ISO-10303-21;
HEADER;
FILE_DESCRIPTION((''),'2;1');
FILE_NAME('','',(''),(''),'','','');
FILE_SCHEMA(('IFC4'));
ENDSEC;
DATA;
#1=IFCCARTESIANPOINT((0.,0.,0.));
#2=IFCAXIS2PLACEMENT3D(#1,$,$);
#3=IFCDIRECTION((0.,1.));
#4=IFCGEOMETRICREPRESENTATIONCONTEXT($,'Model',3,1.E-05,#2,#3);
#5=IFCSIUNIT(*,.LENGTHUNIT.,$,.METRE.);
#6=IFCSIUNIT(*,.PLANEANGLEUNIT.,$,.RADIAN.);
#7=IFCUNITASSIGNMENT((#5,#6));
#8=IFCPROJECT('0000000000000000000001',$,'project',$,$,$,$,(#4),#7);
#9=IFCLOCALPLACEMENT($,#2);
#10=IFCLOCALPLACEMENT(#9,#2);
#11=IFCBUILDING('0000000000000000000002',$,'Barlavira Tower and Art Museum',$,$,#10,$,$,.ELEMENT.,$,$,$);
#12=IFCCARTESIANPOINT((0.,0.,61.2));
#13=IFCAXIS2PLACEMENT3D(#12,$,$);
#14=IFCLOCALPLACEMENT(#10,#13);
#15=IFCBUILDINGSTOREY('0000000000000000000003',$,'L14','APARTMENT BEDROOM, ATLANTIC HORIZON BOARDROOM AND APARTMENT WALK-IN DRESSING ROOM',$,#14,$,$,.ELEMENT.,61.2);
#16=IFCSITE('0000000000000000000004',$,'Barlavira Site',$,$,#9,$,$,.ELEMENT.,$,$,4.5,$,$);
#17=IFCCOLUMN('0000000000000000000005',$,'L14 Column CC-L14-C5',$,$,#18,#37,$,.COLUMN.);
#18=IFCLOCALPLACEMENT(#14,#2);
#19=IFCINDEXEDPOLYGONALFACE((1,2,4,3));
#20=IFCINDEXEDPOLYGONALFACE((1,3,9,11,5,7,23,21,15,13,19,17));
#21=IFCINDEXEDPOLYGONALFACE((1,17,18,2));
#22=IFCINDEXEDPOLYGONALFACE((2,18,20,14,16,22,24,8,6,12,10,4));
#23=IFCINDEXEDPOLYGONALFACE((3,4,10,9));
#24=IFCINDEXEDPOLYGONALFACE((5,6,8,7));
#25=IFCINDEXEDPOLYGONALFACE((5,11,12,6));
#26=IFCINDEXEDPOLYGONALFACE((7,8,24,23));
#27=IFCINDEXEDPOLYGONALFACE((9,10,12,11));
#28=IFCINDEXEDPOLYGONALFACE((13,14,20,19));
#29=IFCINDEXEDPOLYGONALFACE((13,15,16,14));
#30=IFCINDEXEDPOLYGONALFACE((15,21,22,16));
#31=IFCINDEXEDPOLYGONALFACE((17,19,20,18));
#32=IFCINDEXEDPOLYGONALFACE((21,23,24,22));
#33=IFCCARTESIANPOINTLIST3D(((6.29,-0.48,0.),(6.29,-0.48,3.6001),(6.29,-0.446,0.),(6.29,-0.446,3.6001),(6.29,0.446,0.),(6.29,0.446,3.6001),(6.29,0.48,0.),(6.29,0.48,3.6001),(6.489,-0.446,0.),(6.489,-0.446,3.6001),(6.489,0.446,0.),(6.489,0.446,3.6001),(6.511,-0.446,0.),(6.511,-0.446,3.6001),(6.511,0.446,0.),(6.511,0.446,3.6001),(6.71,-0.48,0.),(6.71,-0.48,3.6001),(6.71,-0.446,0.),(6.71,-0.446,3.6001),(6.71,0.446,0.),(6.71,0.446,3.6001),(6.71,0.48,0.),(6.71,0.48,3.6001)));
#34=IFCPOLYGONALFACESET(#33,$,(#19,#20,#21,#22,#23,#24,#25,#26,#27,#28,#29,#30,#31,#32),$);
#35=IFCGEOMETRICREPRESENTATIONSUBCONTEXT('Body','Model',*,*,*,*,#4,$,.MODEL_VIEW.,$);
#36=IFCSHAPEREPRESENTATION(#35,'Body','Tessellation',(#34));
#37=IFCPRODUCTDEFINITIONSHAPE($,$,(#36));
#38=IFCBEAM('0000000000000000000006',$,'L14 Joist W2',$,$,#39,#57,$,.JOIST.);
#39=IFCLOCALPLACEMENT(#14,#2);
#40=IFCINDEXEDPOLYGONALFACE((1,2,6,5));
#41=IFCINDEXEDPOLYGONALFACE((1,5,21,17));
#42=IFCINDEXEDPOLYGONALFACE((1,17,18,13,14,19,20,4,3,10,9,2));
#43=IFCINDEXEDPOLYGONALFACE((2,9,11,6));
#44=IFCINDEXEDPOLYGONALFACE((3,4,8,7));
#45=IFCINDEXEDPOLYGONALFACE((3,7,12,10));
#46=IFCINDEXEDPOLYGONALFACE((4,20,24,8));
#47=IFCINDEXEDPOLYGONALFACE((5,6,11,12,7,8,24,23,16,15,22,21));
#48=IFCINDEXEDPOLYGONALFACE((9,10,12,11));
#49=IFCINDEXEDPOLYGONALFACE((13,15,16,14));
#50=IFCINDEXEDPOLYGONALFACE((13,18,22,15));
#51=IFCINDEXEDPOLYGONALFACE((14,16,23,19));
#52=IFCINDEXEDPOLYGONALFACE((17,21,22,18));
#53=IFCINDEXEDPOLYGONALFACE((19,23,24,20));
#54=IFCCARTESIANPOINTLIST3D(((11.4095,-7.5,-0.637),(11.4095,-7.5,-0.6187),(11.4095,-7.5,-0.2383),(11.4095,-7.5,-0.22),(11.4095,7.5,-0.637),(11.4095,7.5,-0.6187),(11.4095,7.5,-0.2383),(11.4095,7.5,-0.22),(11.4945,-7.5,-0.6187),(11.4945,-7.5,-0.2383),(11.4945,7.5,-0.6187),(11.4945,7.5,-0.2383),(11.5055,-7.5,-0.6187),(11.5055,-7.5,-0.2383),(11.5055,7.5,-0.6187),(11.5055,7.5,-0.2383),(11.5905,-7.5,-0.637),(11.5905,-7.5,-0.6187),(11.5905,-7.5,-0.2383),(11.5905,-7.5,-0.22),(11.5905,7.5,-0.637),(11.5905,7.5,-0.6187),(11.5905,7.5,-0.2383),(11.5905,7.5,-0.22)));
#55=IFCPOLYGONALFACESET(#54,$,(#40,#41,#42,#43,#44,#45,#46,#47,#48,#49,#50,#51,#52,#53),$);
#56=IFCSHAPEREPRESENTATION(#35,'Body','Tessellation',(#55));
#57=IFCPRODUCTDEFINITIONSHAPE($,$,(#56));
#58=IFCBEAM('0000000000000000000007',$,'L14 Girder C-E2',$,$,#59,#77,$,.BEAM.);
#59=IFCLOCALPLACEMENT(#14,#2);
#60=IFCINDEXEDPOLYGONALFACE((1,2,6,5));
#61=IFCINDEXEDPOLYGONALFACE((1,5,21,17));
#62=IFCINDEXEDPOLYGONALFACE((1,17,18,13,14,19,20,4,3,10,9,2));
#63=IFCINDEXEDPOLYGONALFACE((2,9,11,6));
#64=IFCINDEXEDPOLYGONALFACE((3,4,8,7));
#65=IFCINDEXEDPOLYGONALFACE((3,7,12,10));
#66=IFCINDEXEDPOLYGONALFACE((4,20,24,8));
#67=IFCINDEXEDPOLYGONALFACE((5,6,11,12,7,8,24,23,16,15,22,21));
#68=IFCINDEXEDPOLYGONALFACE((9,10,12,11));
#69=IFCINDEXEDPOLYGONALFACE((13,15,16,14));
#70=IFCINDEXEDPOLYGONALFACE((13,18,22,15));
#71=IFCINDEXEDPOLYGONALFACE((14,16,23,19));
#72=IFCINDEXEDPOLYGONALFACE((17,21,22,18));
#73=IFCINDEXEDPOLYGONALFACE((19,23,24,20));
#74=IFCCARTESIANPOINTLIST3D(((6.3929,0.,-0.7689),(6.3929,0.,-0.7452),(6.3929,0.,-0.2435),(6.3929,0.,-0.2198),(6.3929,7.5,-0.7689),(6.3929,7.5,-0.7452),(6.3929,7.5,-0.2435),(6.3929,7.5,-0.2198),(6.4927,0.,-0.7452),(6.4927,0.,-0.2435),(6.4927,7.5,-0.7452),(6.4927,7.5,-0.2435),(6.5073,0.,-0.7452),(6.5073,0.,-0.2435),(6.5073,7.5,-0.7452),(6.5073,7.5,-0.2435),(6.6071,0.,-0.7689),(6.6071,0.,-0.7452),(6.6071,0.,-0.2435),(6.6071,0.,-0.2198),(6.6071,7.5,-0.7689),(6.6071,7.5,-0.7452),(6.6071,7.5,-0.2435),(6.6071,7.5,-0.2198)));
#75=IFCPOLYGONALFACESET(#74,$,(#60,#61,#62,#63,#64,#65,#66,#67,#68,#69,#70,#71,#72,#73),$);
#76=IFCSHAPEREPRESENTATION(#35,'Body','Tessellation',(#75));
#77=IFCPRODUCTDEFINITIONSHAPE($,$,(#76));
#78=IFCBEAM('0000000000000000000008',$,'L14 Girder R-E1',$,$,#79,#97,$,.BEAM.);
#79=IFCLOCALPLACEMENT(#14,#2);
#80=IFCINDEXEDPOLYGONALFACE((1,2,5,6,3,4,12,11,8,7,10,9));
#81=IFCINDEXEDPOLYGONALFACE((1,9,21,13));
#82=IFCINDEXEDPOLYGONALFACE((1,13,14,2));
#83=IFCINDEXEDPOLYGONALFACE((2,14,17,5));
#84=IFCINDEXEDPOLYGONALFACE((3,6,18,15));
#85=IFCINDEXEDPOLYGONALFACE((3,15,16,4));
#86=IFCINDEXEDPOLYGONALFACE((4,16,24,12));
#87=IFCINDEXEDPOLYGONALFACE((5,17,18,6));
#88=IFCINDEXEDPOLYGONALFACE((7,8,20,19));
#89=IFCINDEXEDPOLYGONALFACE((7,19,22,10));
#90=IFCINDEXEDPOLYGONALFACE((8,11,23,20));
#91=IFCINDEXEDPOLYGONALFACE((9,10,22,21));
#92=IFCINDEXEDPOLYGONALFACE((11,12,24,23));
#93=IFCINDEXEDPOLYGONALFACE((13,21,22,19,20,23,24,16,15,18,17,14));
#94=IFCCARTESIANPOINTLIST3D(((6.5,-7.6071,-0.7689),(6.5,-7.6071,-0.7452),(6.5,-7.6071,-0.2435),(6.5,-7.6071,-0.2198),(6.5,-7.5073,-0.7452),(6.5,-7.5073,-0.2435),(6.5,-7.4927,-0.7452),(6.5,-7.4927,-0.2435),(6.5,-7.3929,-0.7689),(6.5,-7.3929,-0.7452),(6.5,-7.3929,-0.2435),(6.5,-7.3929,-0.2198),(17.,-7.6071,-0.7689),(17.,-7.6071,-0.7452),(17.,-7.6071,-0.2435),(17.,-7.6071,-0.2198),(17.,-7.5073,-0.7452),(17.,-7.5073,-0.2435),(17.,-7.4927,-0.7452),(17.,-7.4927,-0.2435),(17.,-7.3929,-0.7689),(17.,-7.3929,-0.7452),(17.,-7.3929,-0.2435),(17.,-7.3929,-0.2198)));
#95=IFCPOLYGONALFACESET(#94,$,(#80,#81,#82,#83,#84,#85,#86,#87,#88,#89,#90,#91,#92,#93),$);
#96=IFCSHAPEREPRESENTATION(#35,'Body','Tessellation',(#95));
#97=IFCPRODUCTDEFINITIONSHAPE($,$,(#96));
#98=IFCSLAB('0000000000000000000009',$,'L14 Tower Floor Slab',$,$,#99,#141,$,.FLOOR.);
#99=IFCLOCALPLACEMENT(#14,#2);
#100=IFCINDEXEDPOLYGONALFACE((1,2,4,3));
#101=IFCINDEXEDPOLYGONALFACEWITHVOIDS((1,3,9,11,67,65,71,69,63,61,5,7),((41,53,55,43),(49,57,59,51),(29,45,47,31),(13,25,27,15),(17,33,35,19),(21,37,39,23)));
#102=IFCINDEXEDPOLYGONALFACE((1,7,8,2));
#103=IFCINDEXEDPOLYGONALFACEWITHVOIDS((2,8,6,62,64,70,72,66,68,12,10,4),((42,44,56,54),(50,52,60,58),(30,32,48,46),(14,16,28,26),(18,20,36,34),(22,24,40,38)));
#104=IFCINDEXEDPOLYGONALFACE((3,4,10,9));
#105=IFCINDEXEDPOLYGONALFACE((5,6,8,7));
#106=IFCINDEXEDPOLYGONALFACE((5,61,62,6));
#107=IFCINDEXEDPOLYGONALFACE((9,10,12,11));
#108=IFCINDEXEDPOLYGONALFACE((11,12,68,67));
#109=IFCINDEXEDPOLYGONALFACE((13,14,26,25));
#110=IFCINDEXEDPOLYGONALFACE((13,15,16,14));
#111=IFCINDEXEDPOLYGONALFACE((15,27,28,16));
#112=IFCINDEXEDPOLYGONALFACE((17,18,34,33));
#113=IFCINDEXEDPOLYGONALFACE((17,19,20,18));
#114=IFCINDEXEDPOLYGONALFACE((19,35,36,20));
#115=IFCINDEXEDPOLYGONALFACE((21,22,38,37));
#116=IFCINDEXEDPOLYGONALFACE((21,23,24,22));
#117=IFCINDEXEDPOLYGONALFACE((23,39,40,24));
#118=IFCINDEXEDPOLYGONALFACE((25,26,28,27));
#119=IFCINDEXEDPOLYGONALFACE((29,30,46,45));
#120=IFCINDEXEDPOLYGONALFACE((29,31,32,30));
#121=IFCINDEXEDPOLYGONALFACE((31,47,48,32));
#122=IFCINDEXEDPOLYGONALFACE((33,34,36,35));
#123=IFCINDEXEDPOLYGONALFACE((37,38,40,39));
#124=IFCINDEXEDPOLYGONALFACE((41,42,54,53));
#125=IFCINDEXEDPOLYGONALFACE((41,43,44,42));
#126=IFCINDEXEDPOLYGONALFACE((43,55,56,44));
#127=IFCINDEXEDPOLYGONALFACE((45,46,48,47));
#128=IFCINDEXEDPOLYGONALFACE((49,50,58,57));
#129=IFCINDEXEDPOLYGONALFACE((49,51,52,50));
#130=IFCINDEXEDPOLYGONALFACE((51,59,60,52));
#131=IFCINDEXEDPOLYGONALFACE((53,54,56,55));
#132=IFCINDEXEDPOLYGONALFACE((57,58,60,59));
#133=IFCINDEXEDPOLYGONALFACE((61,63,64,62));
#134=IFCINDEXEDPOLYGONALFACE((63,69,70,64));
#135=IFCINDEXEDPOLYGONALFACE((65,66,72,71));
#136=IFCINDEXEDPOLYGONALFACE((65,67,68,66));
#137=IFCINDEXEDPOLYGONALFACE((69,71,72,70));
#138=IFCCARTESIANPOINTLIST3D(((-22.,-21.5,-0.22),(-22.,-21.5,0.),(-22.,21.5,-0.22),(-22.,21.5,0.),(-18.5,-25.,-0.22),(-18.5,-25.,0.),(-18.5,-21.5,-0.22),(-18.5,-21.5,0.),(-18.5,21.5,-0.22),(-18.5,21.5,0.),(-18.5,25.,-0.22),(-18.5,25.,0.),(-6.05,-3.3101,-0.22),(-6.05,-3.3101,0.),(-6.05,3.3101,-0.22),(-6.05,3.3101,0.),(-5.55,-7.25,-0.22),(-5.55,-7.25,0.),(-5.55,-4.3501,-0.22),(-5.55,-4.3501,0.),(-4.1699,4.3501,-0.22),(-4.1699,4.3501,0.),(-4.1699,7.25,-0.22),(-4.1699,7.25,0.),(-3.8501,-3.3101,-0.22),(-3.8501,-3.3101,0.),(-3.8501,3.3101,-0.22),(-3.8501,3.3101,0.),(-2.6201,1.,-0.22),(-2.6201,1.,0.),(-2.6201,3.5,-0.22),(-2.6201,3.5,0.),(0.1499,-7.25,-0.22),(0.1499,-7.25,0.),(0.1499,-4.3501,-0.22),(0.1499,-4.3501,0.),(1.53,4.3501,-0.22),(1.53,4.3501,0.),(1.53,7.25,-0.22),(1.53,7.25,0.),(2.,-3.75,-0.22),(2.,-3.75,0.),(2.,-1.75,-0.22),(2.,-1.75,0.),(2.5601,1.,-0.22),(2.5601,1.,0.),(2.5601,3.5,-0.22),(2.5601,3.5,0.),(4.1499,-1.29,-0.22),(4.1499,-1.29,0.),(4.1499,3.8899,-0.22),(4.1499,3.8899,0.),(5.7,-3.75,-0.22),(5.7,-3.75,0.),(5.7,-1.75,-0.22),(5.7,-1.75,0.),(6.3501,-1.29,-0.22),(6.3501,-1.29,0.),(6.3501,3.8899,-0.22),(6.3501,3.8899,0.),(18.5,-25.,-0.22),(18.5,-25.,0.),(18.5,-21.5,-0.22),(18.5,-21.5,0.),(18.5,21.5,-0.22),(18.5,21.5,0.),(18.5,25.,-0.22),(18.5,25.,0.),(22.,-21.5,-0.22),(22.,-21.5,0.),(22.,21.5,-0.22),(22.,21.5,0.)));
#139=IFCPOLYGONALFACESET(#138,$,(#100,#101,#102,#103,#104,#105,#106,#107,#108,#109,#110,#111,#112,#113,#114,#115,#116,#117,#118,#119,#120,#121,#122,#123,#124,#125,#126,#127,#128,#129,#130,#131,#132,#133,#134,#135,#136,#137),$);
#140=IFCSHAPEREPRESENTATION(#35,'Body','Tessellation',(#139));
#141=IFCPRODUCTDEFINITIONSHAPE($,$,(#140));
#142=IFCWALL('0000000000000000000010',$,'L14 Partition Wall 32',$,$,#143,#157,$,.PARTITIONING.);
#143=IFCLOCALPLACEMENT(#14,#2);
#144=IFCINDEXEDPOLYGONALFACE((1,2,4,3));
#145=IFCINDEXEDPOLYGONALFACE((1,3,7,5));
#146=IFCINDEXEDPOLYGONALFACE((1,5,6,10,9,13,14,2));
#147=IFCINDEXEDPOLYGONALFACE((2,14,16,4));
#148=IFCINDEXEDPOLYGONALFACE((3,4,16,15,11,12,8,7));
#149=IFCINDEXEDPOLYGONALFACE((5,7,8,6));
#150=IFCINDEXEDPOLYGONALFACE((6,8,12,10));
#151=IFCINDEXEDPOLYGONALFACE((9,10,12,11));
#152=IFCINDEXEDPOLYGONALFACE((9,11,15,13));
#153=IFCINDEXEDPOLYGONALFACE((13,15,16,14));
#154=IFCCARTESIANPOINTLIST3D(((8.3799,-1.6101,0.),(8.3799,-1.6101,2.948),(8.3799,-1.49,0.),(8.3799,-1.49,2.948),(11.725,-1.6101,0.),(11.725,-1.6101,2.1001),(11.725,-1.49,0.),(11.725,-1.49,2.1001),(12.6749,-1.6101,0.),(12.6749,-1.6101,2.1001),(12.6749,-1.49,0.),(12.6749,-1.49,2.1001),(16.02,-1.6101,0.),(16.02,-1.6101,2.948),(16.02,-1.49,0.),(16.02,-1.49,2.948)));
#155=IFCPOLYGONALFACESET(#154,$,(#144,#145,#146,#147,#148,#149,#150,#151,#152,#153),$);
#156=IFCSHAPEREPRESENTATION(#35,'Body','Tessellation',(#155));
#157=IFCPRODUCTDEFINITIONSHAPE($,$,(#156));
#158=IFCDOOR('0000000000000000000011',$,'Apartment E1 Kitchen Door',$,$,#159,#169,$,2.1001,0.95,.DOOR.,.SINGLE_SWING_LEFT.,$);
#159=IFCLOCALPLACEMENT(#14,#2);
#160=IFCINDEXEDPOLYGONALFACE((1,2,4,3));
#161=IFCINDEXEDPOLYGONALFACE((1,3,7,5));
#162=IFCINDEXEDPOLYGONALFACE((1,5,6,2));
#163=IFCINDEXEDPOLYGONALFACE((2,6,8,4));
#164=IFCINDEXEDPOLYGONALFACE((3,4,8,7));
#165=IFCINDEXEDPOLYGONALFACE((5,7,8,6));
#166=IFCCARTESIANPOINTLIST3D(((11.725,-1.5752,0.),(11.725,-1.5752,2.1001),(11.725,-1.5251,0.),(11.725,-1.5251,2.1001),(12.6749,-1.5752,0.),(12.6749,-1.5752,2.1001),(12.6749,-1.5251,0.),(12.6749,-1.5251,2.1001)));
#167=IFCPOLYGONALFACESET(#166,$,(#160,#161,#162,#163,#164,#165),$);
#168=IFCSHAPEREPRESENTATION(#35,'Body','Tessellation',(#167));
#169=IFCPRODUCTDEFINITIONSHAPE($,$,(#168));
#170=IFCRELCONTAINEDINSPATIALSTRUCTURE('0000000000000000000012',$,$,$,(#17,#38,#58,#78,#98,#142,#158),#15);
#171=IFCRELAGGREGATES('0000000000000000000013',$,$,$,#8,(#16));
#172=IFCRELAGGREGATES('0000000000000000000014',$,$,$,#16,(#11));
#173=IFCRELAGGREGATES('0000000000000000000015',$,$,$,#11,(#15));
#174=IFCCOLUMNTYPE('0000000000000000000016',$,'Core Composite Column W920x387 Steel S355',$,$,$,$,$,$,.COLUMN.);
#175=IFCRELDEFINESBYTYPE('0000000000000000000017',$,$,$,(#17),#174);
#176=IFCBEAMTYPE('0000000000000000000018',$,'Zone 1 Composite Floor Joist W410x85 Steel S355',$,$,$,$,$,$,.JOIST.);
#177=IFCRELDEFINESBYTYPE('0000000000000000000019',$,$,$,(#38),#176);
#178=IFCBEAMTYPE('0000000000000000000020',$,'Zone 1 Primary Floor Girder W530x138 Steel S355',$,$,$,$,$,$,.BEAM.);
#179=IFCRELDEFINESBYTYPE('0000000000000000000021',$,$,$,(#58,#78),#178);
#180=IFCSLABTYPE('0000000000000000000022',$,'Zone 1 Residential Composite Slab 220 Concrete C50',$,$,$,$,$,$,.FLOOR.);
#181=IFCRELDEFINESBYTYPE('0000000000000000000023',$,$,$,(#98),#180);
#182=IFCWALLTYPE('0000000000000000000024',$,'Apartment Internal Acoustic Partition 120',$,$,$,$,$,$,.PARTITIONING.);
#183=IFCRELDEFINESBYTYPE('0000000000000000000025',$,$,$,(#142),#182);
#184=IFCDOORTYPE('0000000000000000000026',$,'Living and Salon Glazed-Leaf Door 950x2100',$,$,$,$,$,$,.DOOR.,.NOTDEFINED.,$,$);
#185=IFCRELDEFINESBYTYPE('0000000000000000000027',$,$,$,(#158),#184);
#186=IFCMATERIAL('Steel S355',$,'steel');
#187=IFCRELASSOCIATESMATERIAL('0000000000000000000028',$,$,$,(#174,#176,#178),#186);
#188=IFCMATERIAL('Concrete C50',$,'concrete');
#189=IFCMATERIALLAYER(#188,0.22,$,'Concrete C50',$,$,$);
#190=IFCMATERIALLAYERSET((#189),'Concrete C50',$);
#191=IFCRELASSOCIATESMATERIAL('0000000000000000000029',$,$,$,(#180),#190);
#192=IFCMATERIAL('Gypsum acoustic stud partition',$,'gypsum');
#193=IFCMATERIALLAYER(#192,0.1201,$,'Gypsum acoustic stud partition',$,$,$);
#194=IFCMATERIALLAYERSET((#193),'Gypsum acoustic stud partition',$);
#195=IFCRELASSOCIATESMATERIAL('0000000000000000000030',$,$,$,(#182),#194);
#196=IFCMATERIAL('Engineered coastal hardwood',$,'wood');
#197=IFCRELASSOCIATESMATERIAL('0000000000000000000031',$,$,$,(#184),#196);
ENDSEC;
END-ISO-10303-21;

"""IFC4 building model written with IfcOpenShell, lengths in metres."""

from ifc_helpers import new_model, si_unit, direction, frame, frame_2d, origin, origin_2d, place, context, subcontext, project, spatial, polyline, rectangle, i_section, outline, extrude, material, layer, layer_set, material_profile, profile_set, type_object, element, fill, save


model = new_model("IFC4")

# Units and contexts
model_context = context("Model", 3, precision=1e-05, world=origin(), true_north=direction((0.0, 1.0)))
body_context = subcontext(model_context, "Body", "Model", "MODEL_VIEW")
ifc_project = project(units=[si_unit("LENGTHUNIT", "METRE"), si_unit("PLANEANGLEUNIT", "RADIAN")], contexts=[model_context])

# Site, building, storey
site_placement = place(None, origin())
site = spatial("IfcSite", under=ifc_project, at=site_placement, Name="Barlavira Site", CompositionType="ELEMENT", RefElevation=4.5)
building_placement = place(site_placement, origin())
building = spatial("IfcBuilding", under=site, at=building_placement, Name="Barlavira Tower and Art Museum", CompositionType="ELEMENT")
storey_placement = place(building_placement, frame((0.0, 0.0, 61.2)))
storey = spatial("IfcBuildingStorey", under=building, at=storey_placement, Name="L14", Description="APARTMENT BEDROOM, ATLANTIC HORIZON BOARDROOM AND APARTMENT WALK-IN DRESSING ROOM", CompositionType="ELEMENT", Elevation=61.2)

# Column
ifc_material_1 = material(Name="Steel S355", Category="steel")
ifc_material_profile_1 = material_profile(ifc_material_1, i_section(OverallWidth=0.4199, OverallDepth=0.96, WebThickness=0.022, FlangeThickness=0.0339, at=origin_2d()), Name="W920x387.0")
ifc_profile_set_1 = profile_set([ifc_material_profile_1], Name="Steel S355")
column_type = type_object("IfcColumnType", Name="Core Composite Column W920x387 Steel S355", PredefinedType="COLUMN", material=ifc_profile_set_1)
column_placement = place(storey_placement, frame((6.5, 0.0, 0.0), z_axis=(0.0, 0.0, 1.0), x_axis=(1.0, 0.0, 0.0)))
element("IfcColumn", 1, at=column_placement, inside=storey, type_object=column_type, Name="L14 Column CC-L14-C5", PredefinedType="COLUMN", context=body_context, shape_type="SweptSolid", body=[
    extrude(i_section(OverallWidth=0.4199, OverallDepth=0.96, WebThickness=0.022, FlangeThickness=0.0339, at=origin_2d()), origin(), (0.0, 0.0, 1.0), 3.6001),
])

# Beams
ifc_material_profile_2 = material_profile(ifc_material_1, i_section(OverallWidth=0.1809, OverallDepth=0.417, WebThickness=0.011, FlangeThickness=0.0183, at=origin_2d()), Name="W410x85.0")
ifc_profile_set_2 = profile_set([ifc_material_profile_2], Name="Steel S355")
beam_type_1 = type_object("IfcBeamType", Name="Zone 1 Composite Floor Joist W410x85 Steel S355", PredefinedType="JOIST", material=ifc_profile_set_2)
beam_1_placement = place(storey_placement, frame((11.5, -7.5, -0.4285), z_axis=(0.0, 1.0, 0.0), x_axis=(-1.0, 0.0, 0.0)))
element("IfcBeam", 2, at=beam_1_placement, inside=storey, type_object=beam_type_1, Name="L14 Joist W2", PredefinedType="JOIST", context=body_context, shape_type="SweptSolid", body=[
    extrude(i_section(OverallWidth=0.1809, OverallDepth=0.417, WebThickness=0.011, FlangeThickness=0.0183, at=origin_2d()), origin(), (0.0, 0.0, 1.0), 15.0),
])
ifc_material_profile_3 = material_profile(ifc_material_1, i_section(OverallWidth=0.2141, OverallDepth=0.5491, WebThickness=0.0146, FlangeThickness=0.0237, at=origin_2d()), Name="W530x138.0")
ifc_profile_set_3 = profile_set([ifc_material_profile_3], Name="Steel S355")
beam_type_2 = type_object("IfcBeamType", Name="Zone 1 Primary Floor Girder W530x138 Steel S355", PredefinedType="BEAM", material=ifc_profile_set_3)
beam_2_placement = place(storey_placement, frame((6.5, 0.0, -0.4944), z_axis=(0.0, 1.0, 0.0), x_axis=(-1.0, 0.0, 0.0)))
element("IfcBeam", 3, at=beam_2_placement, inside=storey, type_object=beam_type_2, Name="L14 Girder C-E2", PredefinedType="BEAM", context=body_context, shape_type="SweptSolid", body=[
    extrude(i_section(OverallWidth=0.2141, OverallDepth=0.5491, WebThickness=0.0146, FlangeThickness=0.0237, at=origin_2d()), origin(), (0.0, 0.0, 1.0), 7.5),
])
beam_3_placement = place(storey_placement, frame((6.5, -7.5, -0.4944), z_axis=(1.0, 0.0, 0.0), x_axis=(0.0, 1.0, 0.0)))
element("IfcBeam", 4, at=beam_3_placement, inside=storey, type_object=beam_type_2, Name="L14 Girder R-E1", PredefinedType="BEAM", context=body_context, shape_type="SweptSolid", body=[
    extrude(i_section(OverallWidth=0.2141, OverallDepth=0.5491, WebThickness=0.0146, FlangeThickness=0.0237, at=origin_2d()), origin(), (0.0, 0.0, 1.0), 10.5),
])

# Slab
ifc_material_2 = material(Name="Concrete C50", Category="concrete")
ifc_layer_1 = layer(ifc_material_2, 0.22, Name="Concrete C50")
ifc_layer_set_1 = layer_set([ifc_layer_1], Name="Concrete C50")
slab_type = type_object("IfcSlabType", Name="Zone 1 Residential Composite Slab 220 Concrete C50", PredefinedType="FLOOR", material=ifc_layer_set_1)
slab_placement = place(storey_placement, frame((0.0, 0.0, -0.22)))
element("IfcSlab", 5, at=slab_placement, inside=storey, type_object=slab_type, Name="L14 Tower Floor Slab", PredefinedType="FLOOR", context=body_context, shape_type="SweptSolid", body=[
    extrude(outline(polyline([(-18.5, -25.0), (18.5, -25.0), (18.5, -21.5), (22.0, -21.5), (22.0, 21.5), (18.5, 21.5), (18.5, 25.0), (-18.5, 25.0), (-18.5, 21.5), (-22.0, 21.5), (-22.0, -21.5), (-18.5, -21.5), (-18.5, -25.0)]), holes=[polyline([(0.1499, -4.3501), (-5.55, -4.3501), (-5.55, -7.25), (0.1499, -7.25), (0.1499, -4.3501)]), polyline([(-4.1699, 4.3501), (1.53, 4.3501), (1.53, 7.25), (-4.1699, 7.25), (-4.1699, 4.3501)]), polyline([(-6.05, -3.3101), (-3.8501, -3.3101), (-3.8501, 3.3101), (-6.05, 3.3101), (-6.05, -3.3101)]), polyline([(4.1499, -1.29), (6.3501, -1.29), (6.3501, 3.8899), (4.1499, 3.8899), (4.1499, -1.29)]), polyline([(-2.6201, 1.0), (2.5601, 1.0), (2.5601, 3.5), (-2.6201, 3.5), (-2.6201, 1.0)]), polyline([(2.0, -3.75), (5.7, -3.75), (5.7, -1.75), (2.0, -1.75), (2.0, -3.75)])]), origin(), (0.0, 0.0, 1.0), 0.22),
])

# Wall, opening, door
ifc_material_3 = material(Name="Gypsum acoustic stud partition", Category="gypsum")
ifc_layer_2 = layer(ifc_material_3, 0.1201, Name="Gypsum acoustic stud partition")
ifc_layer_set_2 = layer_set([ifc_layer_2], Name="Gypsum acoustic stud partition")
wall_type_1 = type_object("IfcWallType", Name="Apartment Internal Acoustic Partition 120", PredefinedType="PARTITIONING", material=ifc_layer_set_2)
wall_1_placement = place(storey_placement, frame((8.3799, -1.55, 0.0), z_axis=(0.0, 0.0, 1.0), x_axis=(1.0, 0.0, 0.0)))
wall_1 = element("IfcWall", 6, at=wall_1_placement, inside=storey, type_object=wall_type_1, Name="L14 Partition Wall 32", PredefinedType="PARTITIONING", context=body_context, shape_type="SweptSolid", body=[
    extrude(rectangle(XDim=7.6401, YDim=0.1201, at=frame_2d((3.8201, 0.0))), origin(), (0.0, 0.0, 1.0), 2.948),
])
opening_1_placement = place(wall_1_placement, frame((3.345, 0.0, 0.0)))
opening_1 = element("IfcOpeningElement", 7, at=opening_1_placement, cuts=wall_1, PredefinedType="OPENING", context=body_context, shape_type="SweptSolid", body=[
    extrude(rectangle(XDim=0.95, YDim=2.1001, at=frame_2d((0.4751, 1.05))), frame((0.0, 0.0701, 0.0), z_axis=(0.0, -1.0, 0.0), x_axis=(1.0, 0.0, 0.0)), (0.0, 0.0, 1.0), 0.1401),
])
ifc_material_4 = material(Name="Engineered coastal hardwood", Category="wood")
door_type_1 = type_object("IfcDoorType", Name="Living and Salon Glazed-Leaf Door 950x2100", OperationType="NOTDEFINED", PredefinedType="DOOR", material=ifc_material_4)
door_1_placement = place(opening_1_placement, origin())
door_1 = element("IfcDoor", 8, at=door_1_placement, inside=storey, type_object=door_type_1, Name="Apartment E1 Kitchen Door", OperationType="SINGLE_SWING_LEFT", OverallHeight=2.1001, OverallWidth=0.95, PredefinedType="DOOR", context=body_context, shape_type="SweptSolid", body=[
    extrude(rectangle(XDim=0.95, YDim=2.1001, at=frame_2d((0.4751, 1.05))), frame((0.0, 0.0249, 0.0), z_axis=(0.0, -1.0, 0.0), x_axis=(1.0, 0.0, 0.0)), (0.0, 0.0, 1.0), 0.05),
])
fill(opening_1, door_1)

save(model, "model.ifc")
